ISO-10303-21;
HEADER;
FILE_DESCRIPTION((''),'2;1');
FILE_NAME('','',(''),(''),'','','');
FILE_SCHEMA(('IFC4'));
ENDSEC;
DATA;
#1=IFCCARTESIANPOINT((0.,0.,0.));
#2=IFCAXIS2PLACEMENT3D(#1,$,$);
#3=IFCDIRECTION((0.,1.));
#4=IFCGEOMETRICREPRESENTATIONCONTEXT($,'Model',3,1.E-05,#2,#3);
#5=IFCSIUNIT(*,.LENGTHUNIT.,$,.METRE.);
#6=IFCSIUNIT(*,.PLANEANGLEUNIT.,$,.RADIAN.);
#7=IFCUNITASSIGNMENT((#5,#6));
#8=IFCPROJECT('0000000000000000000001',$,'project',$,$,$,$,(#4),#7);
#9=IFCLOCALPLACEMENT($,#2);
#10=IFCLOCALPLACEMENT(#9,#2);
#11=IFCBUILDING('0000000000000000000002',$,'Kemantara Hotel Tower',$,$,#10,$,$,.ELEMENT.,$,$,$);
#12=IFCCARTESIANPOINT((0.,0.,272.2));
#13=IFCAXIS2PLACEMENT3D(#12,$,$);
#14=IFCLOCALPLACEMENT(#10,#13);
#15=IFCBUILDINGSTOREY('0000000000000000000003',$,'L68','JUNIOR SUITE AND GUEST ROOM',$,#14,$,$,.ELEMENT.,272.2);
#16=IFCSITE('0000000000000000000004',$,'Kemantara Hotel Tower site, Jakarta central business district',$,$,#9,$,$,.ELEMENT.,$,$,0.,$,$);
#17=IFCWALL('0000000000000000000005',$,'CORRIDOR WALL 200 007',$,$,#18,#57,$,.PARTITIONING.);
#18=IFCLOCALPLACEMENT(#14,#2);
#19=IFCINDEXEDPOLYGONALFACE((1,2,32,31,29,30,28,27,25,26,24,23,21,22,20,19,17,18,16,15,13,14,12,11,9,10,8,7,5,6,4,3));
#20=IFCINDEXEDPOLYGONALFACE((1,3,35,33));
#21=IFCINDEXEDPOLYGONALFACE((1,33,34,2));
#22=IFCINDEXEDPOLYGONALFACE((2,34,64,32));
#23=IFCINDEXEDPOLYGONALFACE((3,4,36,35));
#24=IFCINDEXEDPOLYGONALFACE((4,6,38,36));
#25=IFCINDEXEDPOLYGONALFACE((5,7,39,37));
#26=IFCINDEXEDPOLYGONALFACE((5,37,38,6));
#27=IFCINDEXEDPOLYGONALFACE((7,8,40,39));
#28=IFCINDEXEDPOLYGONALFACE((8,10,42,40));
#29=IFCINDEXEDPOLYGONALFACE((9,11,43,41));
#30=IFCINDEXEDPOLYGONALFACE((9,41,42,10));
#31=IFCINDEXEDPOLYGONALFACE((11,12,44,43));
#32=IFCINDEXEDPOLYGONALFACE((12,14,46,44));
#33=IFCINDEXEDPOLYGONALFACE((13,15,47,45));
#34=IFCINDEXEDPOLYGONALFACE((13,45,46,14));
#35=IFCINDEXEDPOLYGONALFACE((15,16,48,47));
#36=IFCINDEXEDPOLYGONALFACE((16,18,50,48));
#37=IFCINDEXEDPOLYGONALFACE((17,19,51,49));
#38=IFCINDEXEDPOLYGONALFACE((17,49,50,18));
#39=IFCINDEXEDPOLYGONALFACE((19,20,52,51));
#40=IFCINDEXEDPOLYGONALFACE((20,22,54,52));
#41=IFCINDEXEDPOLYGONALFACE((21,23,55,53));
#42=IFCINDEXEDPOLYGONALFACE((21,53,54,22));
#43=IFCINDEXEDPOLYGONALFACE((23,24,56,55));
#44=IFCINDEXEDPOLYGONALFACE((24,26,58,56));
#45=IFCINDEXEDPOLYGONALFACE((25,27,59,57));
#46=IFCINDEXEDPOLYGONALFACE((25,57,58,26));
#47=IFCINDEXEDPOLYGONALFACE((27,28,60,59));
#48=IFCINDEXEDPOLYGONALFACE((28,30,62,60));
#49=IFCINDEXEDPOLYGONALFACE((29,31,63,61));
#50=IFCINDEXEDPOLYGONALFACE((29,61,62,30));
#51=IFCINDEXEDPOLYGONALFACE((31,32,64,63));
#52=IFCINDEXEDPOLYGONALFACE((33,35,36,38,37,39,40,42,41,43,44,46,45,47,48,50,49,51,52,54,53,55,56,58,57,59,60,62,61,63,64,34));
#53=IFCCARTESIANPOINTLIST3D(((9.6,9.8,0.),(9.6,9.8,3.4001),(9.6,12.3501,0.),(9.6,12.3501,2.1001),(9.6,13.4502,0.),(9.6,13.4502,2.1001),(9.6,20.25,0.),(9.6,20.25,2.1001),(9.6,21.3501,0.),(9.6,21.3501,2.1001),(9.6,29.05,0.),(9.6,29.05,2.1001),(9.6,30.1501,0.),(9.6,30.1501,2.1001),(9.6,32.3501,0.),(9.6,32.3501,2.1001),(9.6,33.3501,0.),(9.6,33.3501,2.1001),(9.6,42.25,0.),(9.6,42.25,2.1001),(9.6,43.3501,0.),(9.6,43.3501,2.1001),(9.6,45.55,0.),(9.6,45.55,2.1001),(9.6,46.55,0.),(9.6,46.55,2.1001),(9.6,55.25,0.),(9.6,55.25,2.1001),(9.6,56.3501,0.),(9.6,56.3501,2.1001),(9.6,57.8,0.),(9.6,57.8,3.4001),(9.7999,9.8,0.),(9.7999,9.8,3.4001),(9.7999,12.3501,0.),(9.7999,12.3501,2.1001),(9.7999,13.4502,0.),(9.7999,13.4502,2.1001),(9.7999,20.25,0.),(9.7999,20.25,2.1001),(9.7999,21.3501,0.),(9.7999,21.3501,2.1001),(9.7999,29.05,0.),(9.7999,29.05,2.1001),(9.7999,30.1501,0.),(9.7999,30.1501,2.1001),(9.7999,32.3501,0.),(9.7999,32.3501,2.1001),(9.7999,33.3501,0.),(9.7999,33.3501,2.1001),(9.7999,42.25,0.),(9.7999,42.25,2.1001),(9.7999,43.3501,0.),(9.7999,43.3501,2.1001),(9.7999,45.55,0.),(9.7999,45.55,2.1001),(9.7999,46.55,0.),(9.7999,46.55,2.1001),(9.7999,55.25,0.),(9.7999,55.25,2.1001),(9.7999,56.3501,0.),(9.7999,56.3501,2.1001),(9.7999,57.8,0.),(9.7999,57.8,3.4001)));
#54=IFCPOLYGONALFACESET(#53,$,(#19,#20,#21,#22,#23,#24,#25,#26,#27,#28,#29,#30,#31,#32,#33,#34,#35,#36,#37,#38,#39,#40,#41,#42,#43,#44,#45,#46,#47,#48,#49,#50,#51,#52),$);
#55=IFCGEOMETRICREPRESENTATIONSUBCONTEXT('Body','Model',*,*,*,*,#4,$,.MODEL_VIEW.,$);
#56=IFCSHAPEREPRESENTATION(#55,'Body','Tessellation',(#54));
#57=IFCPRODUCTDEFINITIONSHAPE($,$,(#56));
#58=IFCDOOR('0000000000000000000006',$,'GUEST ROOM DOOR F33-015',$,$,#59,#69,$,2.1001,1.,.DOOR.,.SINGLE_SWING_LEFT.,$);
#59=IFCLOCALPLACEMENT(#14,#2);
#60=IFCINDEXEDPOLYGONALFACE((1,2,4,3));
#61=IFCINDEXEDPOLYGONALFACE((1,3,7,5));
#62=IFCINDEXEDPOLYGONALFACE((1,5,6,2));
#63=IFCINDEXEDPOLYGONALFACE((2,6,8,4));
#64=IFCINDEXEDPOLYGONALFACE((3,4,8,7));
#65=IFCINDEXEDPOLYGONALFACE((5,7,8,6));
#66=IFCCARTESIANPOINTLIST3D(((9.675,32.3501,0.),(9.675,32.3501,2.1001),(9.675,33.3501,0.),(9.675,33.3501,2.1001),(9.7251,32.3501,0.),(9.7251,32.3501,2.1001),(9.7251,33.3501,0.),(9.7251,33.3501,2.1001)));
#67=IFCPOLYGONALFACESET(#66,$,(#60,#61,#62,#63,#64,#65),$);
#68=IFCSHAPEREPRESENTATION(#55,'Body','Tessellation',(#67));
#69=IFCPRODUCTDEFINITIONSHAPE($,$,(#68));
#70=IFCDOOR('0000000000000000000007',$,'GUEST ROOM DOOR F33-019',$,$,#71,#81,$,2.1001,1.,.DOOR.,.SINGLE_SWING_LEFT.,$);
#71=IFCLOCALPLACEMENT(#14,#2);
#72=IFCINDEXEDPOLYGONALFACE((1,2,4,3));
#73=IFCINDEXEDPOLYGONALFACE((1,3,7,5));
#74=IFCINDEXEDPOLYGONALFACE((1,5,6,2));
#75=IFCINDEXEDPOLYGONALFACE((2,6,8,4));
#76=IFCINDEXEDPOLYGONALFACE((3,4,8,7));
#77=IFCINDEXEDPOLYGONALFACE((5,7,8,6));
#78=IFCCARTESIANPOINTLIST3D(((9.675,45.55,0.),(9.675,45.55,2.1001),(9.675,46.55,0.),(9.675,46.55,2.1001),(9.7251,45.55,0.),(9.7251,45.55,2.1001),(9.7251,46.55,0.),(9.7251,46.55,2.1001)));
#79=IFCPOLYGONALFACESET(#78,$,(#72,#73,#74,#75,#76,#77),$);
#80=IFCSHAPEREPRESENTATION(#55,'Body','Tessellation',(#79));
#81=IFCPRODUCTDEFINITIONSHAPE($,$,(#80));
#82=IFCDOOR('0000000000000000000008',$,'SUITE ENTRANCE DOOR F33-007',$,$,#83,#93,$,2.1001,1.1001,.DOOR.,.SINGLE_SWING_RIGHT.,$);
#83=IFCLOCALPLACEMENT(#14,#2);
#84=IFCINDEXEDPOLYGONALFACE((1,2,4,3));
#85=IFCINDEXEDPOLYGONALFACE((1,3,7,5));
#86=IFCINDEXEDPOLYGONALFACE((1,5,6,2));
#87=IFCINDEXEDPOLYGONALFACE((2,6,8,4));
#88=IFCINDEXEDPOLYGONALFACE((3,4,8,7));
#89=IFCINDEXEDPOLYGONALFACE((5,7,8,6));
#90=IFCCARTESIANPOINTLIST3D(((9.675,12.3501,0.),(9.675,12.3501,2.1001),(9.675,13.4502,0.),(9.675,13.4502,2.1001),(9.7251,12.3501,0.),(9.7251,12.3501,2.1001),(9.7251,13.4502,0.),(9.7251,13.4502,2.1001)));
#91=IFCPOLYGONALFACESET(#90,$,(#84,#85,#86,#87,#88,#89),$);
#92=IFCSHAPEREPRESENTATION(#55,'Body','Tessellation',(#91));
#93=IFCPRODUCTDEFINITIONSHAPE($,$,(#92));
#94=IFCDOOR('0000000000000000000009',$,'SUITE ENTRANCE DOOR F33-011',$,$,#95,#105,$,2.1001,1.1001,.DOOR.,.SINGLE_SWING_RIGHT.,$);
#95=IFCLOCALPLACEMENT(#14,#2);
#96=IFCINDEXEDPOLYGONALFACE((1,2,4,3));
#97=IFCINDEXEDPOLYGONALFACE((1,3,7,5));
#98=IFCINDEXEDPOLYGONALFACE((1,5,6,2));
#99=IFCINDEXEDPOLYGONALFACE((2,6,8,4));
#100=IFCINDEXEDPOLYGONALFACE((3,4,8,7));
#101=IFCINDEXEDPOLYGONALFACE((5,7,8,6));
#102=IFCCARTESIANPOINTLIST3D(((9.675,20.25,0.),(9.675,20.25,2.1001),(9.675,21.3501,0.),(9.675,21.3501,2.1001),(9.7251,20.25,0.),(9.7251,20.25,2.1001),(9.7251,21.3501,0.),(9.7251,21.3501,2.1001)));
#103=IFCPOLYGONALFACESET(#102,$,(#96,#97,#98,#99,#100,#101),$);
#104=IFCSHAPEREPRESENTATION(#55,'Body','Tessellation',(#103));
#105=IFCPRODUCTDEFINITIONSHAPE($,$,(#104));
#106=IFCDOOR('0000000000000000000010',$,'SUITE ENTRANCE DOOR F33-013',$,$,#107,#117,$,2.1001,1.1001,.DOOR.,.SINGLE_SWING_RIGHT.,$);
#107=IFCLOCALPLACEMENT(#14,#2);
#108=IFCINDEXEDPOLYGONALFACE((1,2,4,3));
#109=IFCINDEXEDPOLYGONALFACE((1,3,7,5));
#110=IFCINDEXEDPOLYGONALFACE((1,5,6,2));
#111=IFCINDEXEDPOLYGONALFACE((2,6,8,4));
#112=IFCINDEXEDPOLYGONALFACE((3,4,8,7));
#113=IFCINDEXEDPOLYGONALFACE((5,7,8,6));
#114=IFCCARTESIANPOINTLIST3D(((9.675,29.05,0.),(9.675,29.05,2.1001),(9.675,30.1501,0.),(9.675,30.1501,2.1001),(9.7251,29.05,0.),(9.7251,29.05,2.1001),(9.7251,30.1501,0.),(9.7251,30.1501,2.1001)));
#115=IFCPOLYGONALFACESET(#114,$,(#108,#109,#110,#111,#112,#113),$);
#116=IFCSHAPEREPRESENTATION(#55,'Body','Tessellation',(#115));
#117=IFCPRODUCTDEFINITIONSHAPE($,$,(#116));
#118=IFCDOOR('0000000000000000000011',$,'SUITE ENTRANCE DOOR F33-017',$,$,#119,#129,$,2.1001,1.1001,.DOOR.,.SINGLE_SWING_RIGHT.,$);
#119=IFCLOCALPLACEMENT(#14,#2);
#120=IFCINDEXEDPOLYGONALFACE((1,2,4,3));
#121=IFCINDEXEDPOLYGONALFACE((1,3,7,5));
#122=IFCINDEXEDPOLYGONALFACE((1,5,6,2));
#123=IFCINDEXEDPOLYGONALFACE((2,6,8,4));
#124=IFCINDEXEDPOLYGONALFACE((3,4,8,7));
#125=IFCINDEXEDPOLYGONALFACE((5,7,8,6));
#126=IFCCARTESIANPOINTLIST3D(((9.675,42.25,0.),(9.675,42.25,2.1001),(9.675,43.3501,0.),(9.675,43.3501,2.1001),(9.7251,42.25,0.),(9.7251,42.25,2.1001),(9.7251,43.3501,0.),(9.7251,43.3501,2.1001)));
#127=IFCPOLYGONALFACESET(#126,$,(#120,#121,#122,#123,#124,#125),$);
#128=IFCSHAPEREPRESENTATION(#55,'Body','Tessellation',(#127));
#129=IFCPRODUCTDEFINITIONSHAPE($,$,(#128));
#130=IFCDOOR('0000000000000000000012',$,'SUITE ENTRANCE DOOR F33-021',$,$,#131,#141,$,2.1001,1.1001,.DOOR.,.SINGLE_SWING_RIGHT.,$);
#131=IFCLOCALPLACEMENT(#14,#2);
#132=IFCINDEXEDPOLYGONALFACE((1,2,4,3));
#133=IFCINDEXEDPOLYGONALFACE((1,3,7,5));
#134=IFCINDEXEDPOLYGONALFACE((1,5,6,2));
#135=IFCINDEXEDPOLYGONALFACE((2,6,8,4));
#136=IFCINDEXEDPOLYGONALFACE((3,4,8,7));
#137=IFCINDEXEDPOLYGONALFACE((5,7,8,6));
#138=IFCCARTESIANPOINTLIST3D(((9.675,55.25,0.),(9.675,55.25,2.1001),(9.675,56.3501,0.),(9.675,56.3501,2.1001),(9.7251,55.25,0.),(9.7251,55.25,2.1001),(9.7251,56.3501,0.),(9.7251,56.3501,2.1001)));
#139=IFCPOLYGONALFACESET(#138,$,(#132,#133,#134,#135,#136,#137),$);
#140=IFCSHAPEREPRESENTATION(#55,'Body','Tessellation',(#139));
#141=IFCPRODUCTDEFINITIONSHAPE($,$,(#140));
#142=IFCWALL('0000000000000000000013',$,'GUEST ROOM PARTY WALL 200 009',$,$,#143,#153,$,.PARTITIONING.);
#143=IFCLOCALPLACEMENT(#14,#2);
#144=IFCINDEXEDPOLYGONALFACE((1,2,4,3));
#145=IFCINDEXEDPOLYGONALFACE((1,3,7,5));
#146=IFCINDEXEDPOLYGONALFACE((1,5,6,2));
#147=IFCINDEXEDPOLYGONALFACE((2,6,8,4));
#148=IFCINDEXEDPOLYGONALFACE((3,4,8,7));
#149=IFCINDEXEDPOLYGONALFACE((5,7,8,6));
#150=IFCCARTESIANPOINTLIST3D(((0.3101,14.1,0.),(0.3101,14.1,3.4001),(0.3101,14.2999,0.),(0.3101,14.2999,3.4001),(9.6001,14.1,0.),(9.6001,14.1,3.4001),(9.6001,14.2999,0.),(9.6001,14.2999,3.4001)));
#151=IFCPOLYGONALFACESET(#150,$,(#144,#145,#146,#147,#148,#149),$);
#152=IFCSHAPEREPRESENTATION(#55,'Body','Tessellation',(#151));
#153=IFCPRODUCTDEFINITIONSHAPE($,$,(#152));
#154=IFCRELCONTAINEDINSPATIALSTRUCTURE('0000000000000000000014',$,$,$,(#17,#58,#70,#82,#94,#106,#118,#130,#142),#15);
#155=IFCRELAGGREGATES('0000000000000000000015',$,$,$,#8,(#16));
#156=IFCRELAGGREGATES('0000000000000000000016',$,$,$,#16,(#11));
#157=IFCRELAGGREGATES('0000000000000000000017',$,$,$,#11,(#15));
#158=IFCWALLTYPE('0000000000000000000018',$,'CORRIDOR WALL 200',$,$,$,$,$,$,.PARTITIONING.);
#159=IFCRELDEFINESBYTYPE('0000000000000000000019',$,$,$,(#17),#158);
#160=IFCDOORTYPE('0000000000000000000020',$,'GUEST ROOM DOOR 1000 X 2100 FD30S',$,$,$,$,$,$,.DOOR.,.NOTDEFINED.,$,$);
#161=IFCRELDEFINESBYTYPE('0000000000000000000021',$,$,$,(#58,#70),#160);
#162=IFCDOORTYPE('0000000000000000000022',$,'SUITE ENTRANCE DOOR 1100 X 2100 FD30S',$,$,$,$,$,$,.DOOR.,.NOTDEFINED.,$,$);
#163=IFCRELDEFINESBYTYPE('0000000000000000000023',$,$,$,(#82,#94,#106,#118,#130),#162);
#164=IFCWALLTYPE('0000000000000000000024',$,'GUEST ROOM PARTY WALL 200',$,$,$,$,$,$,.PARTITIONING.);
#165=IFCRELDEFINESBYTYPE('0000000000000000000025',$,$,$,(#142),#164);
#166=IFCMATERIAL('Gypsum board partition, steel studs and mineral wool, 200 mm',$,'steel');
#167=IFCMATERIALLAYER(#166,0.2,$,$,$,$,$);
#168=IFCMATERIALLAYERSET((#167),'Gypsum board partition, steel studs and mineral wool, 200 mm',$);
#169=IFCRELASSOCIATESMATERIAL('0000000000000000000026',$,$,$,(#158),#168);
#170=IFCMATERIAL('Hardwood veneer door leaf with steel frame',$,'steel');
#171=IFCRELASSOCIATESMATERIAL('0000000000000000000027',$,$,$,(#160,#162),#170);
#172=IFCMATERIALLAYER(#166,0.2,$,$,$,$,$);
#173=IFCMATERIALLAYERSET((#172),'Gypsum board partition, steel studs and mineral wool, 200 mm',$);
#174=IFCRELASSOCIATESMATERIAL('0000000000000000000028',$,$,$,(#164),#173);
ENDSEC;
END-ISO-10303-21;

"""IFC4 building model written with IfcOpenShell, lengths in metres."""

from ifc_helpers import new_model, si_unit, direction, frame, frame_2d, origin, place, context, subcontext, project, spatial, rectangle, extrude, material, layer, layer_set, type_object, element, fill, save


model = new_model("IFC4")

# Units and contexts
model_context = context("Model", 3, precision=1e-05, world=origin(), true_north=direction((0.0, 1.0)))
body_context = subcontext(model_context, "Body", "Model", "MODEL_VIEW")
ifc_project = project(units=[si_unit("LENGTHUNIT", "METRE"), si_unit("PLANEANGLEUNIT", "RADIAN")], contexts=[model_context])

# Site, building, storey
site_placement = place(None, origin())
site = spatial("IfcSite", under=ifc_project, at=site_placement, Name="Kemantara Hotel Tower site, Jakarta central business district", CompositionType="ELEMENT", RefElevation=0.0)
building_placement = place(site_placement, origin())
building = spatial("IfcBuilding", under=site, at=building_placement, Name="Kemantara Hotel Tower", CompositionType="ELEMENT")
storey_placement = place(building_placement, frame((0.0, 0.0, 272.2)))
storey = spatial("IfcBuildingStorey", under=building, at=storey_placement, Name="L68", Description="JUNIOR SUITE AND GUEST ROOM", CompositionType="ELEMENT", Elevation=272.2)

# Wall, openings, doors
ifc_material_1 = material(Name="Gypsum board partition, steel studs and mineral wool, 200 mm", Category="steel")
ifc_layer_1 = layer(ifc_material_1, 0.2)
ifc_layer_set_1 = layer_set([ifc_layer_1], Name="Gypsum board partition, steel studs and mineral wool, 200 mm")
wall_type_1 = type_object("IfcWallType", Name="CORRIDOR WALL 200", PredefinedType="PARTITIONING", material=ifc_layer_set_1)
wall_1_placement = place(storey_placement, frame((9.7, 9.8, 0.0), z_axis=(0.0, 0.0, 1.0), x_axis=(0.0, 1.0, 0.0)))
wall_1 = element("IfcWall", 1, at=wall_1_placement, inside=storey, type_object=wall_type_1, Name="CORRIDOR WALL 200 007", PredefinedType="PARTITIONING", context=body_context, shape_type="SweptSolid", body=[
    extrude(rectangle(XDim=48.0, YDim=0.2, at=frame_2d((24.0, 0.0))), origin(), (0.0, 0.0, 1.0), 3.4001),
])
opening_1_placement = place(wall_1_placement, frame((2.55, 0.0, 0.0)))
opening_1 = element("IfcOpeningElement", 2, at=opening_1_placement, cuts=wall_1, PredefinedType="OPENING", context=body_context, shape_type="SweptSolid", body=[
    extrude(rectangle(XDim=1.1001, YDim=2.1001, at=frame_2d((0.55, 1.05))), frame((0.0, 0.1099, 0.0), z_axis=(0.0, -1.0, 0.0), x_axis=(1.0, 0.0, 0.0)), (0.0, 0.0, 1.0), 0.22),
])
opening_2_placement = place(wall_1_placement, frame((10.45, 0.0, 0.0)))
opening_2 = element("IfcOpeningElement", 3, at=opening_2_placement, cuts=wall_1, PredefinedType="OPENING", context=body_context, shape_type="SweptSolid", body=[
    extrude(rectangle(XDim=1.1001, YDim=2.1001, at=frame_2d((0.55, 1.05))), frame((0.0, 0.1099, 0.0), z_axis=(0.0, -1.0, 0.0), x_axis=(1.0, 0.0, 0.0)), (0.0, 0.0, 1.0), 0.22),
])
opening_3_placement = place(wall_1_placement, frame((19.25, 0.0, 0.0)))
opening_3 = element("IfcOpeningElement", 4, at=opening_3_placement, cuts=wall_1, PredefinedType="OPENING", context=body_context, shape_type="SweptSolid", body=[
    extrude(rectangle(XDim=1.1001, YDim=2.1001, at=frame_2d((0.55, 1.05))), frame((0.0, 0.1099, 0.0), z_axis=(0.0, -1.0, 0.0), x_axis=(1.0, 0.0, 0.0)), (0.0, 0.0, 1.0), 0.22),
])
opening_4_placement = place(wall_1_placement, frame((22.55, 0.0, 0.0)))
opening_4 = element("IfcOpeningElement", 5, at=opening_4_placement, cuts=wall_1, PredefinedType="OPENING", context=body_context, shape_type="SweptSolid", body=[
    extrude(rectangle(XDim=1.0, YDim=2.1001, at=frame_2d((0.5, 1.05))), frame((0.0, 0.1099, 0.0), z_axis=(0.0, -1.0, 0.0), x_axis=(1.0, 0.0, 0.0)), (0.0, 0.0, 1.0), 0.22),
])
opening_5_placement = place(wall_1_placement, frame((32.45, 0.0, 0.0)))
opening_5 = element("IfcOpeningElement", 6, at=opening_5_placement, cuts=wall_1, PredefinedType="OPENING", context=body_context, shape_type="SweptSolid", body=[
    extrude(rectangle(XDim=1.1001, YDim=2.1001, at=frame_2d((0.55, 1.05))), frame((0.0, 0.1099, 0.0), z_axis=(0.0, -1.0, 0.0), x_axis=(1.0, 0.0, 0.0)), (0.0, 0.0, 1.0), 0.22),
])
opening_6_placement = place(wall_1_placement, frame((35.75, 0.0, 0.0)))
opening_6 = element("IfcOpeningElement", 7, at=opening_6_placement, cuts=wall_1, PredefinedType="OPENING", context=body_context, shape_type="SweptSolid", body=[
    extrude(rectangle(XDim=1.0, YDim=2.1001, at=frame_2d((0.5, 1.05))), frame((0.0, 0.1099, 0.0), z_axis=(0.0, -1.0, 0.0), x_axis=(1.0, 0.0, 0.0)), (0.0, 0.0, 1.0), 0.22),
])
opening_7_placement = place(wall_1_placement, frame((45.45, 0.0, 0.0)))
opening_7 = element("IfcOpeningElement", 8, at=opening_7_placement, cuts=wall_1, PredefinedType="OPENING", context=body_context, shape_type="SweptSolid", body=[
    extrude(rectangle(XDim=1.1001, YDim=2.1001, at=frame_2d((0.55, 1.05))), frame((0.0, 0.1099, 0.0), z_axis=(0.0, -1.0, 0.0), x_axis=(1.0, 0.0, 0.0)), (0.0, 0.0, 1.0), 0.22),
])
ifc_material_2 = material(Name="Hardwood veneer door leaf with steel frame", Category="steel")
door_type_1 = type_object("IfcDoorType", Name="GUEST ROOM DOOR 1000 X 2100 FD30S", OperationType="NOTDEFINED", PredefinedType="DOOR", material=ifc_material_2)
door_1_placement = place(opening_4_placement, origin())
door_1 = element("IfcDoor", 9, at=door_1_placement, inside=storey, type_object=door_type_1, Name="GUEST ROOM DOOR F33-015", OperationType="SINGLE_SWING_LEFT", OverallHeight=2.1001, OverallWidth=1.0, PredefinedType="DOOR", context=body_context, shape_type="SweptSolid", body=[
    extrude(rectangle(XDim=1.0, YDim=2.1001, at=frame_2d((0.5, 1.05))), frame((0.0, 0.0249, 0.0), z_axis=(0.0, -1.0, 0.0), x_axis=(1.0, 0.0, 0.0)), (0.0, 0.0, 1.0), 0.05),
])
fill(opening_4, door_1)
door_2_placement = place(opening_6_placement, origin())
door_2 = element("IfcDoor", 10, at=door_2_placement, inside=storey, type_object=door_type_1, Name="GUEST ROOM DOOR F33-019", OperationType="SINGLE_SWING_LEFT", OverallHeight=2.1001, OverallWidth=1.0, PredefinedType="DOOR", context=body_context, shape_type="SweptSolid", body=[
    extrude(rectangle(XDim=1.0, YDim=2.1001, at=frame_2d((0.5, 1.05))), frame((0.0, 0.0249, 0.0), z_axis=(0.0, -1.0, 0.0), x_axis=(1.0, 0.0, 0.0)), (0.0, 0.0, 1.0), 0.05),
])
fill(opening_6, door_2)
door_type_2 = type_object("IfcDoorType", Name="SUITE ENTRANCE DOOR 1100 X 2100 FD30S", OperationType="NOTDEFINED", PredefinedType="DOOR", material=ifc_material_2)
door_3_placement = place(opening_1_placement, origin())
door_3 = element("IfcDoor", 11, at=door_3_placement, inside=storey, type_object=door_type_2, Name="SUITE ENTRANCE DOOR F33-007", OperationType="SINGLE_SWING_RIGHT", OverallHeight=2.1001, OverallWidth=1.1001, PredefinedType="DOOR", context=body_context, shape_type="SweptSolid", body=[
    extrude(rectangle(XDim=1.1001, YDim=2.1001, at=frame_2d((0.55, 1.05))), frame((0.0, 0.0249, 0.0), z_axis=(0.0, -1.0, 0.0), x_axis=(1.0, 0.0, 0.0)), (0.0, 0.0, 1.0), 0.05),
])
fill(opening_1, door_3)
door_4_placement = place(opening_2_placement, origin())
door_4 = element("IfcDoor", 12, at=door_4_placement, inside=storey, type_object=door_type_2, Name="SUITE ENTRANCE DOOR F33-011", OperationType="SINGLE_SWING_RIGHT", OverallHeight=2.1001, OverallWidth=1.1001, PredefinedType="DOOR", context=body_context, shape_type="SweptSolid", body=[
    extrude(rectangle(XDim=1.1001, YDim=2.1001, at=frame_2d((0.55, 1.05))), frame((0.0, 0.0249, 0.0), z_axis=(0.0, -1.0, 0.0), x_axis=(1.0, 0.0, 0.0)), (0.0, 0.0, 1.0), 0.05),
])
fill(opening_2, door_4)
door_5_placement = place(opening_3_placement, origin())
door_5 = element("IfcDoor", 13, at=door_5_placement, inside=storey, type_object=door_type_2, Name="SUITE ENTRANCE DOOR F33-013", OperationType="SINGLE_SWING_RIGHT", OverallHeight=2.1001, OverallWidth=1.1001, PredefinedType="DOOR", context=body_context, shape_type="SweptSolid", body=[
    extrude(rectangle(XDim=1.1001, YDim=2.1001, at=frame_2d((0.55, 1.05))), frame((0.0, 0.0249, 0.0), z_axis=(0.0, -1.0, 0.0), x_axis=(1.0, 0.0, 0.0)), (0.0, 0.0, 1.0), 0.05),
])
fill(opening_3, door_5)
door_6_placement = place(opening_5_placement, origin())
door_6 = element("IfcDoor", 14, at=door_6_placement, inside=storey, type_object=door_type_2, Name="SUITE ENTRANCE DOOR F33-017", OperationType="SINGLE_SWING_RIGHT", OverallHeight=2.1001, OverallWidth=1.1001, PredefinedType="DOOR", context=body_context, shape_type="SweptSolid", body=[
    extrude(rectangle(XDim=1.1001, YDim=2.1001, at=frame_2d((0.55, 1.05))), frame((0.0, 0.0249, 0.0), z_axis=(0.0, -1.0, 0.0), x_axis=(1.0, 0.0, 0.0)), (0.0, 0.0, 1.0), 0.05),
])
fill(opening_5, door_6)
door_7_placement = place(opening_7_placement, origin())
door_7 = element("IfcDoor", 15, at=door_7_placement, inside=storey, type_object=door_type_2, Name="SUITE ENTRANCE DOOR F33-021", OperationType="SINGLE_SWING_RIGHT", OverallHeight=2.1001, OverallWidth=1.1001, PredefinedType="DOOR", context=body_context, shape_type="SweptSolid", body=[
    extrude(rectangle(XDim=1.1001, YDim=2.1001, at=frame_2d((0.55, 1.05))), frame((0.0, 0.0249, 0.0), z_axis=(0.0, -1.0, 0.0), x_axis=(1.0, 0.0, 0.0)), (0.0, 0.0, 1.0), 0.05),
])
fill(opening_7, door_7)

# Wall
ifc_layer_2 = layer(ifc_material_1, 0.2)
ifc_layer_set_2 = layer_set([ifc_layer_2], Name="Gypsum board partition, steel studs and mineral wool, 200 mm")
wall_type_2 = type_object("IfcWallType", Name="GUEST ROOM PARTY WALL 200", PredefinedType="PARTITIONING", material=ifc_layer_set_2)
wall_2_placement = place(storey_placement, frame((0.3101, 14.2, 0.0), z_axis=(0.0, 0.0, 1.0), x_axis=(1.0, 0.0, 0.0)))
element("IfcWall", 16, at=wall_2_placement, inside=storey, type_object=wall_type_2, Name="GUEST ROOM PARTY WALL 200 009", PredefinedType="PARTITIONING", context=body_context, shape_type="SweptSolid", body=[
    extrude(rectangle(XDim=9.29, YDim=0.2, at=frame_2d((4.645, 0.0))), origin(), (0.0, 0.0, 1.0), 3.4001),
])

save(model, "model.ifc")
